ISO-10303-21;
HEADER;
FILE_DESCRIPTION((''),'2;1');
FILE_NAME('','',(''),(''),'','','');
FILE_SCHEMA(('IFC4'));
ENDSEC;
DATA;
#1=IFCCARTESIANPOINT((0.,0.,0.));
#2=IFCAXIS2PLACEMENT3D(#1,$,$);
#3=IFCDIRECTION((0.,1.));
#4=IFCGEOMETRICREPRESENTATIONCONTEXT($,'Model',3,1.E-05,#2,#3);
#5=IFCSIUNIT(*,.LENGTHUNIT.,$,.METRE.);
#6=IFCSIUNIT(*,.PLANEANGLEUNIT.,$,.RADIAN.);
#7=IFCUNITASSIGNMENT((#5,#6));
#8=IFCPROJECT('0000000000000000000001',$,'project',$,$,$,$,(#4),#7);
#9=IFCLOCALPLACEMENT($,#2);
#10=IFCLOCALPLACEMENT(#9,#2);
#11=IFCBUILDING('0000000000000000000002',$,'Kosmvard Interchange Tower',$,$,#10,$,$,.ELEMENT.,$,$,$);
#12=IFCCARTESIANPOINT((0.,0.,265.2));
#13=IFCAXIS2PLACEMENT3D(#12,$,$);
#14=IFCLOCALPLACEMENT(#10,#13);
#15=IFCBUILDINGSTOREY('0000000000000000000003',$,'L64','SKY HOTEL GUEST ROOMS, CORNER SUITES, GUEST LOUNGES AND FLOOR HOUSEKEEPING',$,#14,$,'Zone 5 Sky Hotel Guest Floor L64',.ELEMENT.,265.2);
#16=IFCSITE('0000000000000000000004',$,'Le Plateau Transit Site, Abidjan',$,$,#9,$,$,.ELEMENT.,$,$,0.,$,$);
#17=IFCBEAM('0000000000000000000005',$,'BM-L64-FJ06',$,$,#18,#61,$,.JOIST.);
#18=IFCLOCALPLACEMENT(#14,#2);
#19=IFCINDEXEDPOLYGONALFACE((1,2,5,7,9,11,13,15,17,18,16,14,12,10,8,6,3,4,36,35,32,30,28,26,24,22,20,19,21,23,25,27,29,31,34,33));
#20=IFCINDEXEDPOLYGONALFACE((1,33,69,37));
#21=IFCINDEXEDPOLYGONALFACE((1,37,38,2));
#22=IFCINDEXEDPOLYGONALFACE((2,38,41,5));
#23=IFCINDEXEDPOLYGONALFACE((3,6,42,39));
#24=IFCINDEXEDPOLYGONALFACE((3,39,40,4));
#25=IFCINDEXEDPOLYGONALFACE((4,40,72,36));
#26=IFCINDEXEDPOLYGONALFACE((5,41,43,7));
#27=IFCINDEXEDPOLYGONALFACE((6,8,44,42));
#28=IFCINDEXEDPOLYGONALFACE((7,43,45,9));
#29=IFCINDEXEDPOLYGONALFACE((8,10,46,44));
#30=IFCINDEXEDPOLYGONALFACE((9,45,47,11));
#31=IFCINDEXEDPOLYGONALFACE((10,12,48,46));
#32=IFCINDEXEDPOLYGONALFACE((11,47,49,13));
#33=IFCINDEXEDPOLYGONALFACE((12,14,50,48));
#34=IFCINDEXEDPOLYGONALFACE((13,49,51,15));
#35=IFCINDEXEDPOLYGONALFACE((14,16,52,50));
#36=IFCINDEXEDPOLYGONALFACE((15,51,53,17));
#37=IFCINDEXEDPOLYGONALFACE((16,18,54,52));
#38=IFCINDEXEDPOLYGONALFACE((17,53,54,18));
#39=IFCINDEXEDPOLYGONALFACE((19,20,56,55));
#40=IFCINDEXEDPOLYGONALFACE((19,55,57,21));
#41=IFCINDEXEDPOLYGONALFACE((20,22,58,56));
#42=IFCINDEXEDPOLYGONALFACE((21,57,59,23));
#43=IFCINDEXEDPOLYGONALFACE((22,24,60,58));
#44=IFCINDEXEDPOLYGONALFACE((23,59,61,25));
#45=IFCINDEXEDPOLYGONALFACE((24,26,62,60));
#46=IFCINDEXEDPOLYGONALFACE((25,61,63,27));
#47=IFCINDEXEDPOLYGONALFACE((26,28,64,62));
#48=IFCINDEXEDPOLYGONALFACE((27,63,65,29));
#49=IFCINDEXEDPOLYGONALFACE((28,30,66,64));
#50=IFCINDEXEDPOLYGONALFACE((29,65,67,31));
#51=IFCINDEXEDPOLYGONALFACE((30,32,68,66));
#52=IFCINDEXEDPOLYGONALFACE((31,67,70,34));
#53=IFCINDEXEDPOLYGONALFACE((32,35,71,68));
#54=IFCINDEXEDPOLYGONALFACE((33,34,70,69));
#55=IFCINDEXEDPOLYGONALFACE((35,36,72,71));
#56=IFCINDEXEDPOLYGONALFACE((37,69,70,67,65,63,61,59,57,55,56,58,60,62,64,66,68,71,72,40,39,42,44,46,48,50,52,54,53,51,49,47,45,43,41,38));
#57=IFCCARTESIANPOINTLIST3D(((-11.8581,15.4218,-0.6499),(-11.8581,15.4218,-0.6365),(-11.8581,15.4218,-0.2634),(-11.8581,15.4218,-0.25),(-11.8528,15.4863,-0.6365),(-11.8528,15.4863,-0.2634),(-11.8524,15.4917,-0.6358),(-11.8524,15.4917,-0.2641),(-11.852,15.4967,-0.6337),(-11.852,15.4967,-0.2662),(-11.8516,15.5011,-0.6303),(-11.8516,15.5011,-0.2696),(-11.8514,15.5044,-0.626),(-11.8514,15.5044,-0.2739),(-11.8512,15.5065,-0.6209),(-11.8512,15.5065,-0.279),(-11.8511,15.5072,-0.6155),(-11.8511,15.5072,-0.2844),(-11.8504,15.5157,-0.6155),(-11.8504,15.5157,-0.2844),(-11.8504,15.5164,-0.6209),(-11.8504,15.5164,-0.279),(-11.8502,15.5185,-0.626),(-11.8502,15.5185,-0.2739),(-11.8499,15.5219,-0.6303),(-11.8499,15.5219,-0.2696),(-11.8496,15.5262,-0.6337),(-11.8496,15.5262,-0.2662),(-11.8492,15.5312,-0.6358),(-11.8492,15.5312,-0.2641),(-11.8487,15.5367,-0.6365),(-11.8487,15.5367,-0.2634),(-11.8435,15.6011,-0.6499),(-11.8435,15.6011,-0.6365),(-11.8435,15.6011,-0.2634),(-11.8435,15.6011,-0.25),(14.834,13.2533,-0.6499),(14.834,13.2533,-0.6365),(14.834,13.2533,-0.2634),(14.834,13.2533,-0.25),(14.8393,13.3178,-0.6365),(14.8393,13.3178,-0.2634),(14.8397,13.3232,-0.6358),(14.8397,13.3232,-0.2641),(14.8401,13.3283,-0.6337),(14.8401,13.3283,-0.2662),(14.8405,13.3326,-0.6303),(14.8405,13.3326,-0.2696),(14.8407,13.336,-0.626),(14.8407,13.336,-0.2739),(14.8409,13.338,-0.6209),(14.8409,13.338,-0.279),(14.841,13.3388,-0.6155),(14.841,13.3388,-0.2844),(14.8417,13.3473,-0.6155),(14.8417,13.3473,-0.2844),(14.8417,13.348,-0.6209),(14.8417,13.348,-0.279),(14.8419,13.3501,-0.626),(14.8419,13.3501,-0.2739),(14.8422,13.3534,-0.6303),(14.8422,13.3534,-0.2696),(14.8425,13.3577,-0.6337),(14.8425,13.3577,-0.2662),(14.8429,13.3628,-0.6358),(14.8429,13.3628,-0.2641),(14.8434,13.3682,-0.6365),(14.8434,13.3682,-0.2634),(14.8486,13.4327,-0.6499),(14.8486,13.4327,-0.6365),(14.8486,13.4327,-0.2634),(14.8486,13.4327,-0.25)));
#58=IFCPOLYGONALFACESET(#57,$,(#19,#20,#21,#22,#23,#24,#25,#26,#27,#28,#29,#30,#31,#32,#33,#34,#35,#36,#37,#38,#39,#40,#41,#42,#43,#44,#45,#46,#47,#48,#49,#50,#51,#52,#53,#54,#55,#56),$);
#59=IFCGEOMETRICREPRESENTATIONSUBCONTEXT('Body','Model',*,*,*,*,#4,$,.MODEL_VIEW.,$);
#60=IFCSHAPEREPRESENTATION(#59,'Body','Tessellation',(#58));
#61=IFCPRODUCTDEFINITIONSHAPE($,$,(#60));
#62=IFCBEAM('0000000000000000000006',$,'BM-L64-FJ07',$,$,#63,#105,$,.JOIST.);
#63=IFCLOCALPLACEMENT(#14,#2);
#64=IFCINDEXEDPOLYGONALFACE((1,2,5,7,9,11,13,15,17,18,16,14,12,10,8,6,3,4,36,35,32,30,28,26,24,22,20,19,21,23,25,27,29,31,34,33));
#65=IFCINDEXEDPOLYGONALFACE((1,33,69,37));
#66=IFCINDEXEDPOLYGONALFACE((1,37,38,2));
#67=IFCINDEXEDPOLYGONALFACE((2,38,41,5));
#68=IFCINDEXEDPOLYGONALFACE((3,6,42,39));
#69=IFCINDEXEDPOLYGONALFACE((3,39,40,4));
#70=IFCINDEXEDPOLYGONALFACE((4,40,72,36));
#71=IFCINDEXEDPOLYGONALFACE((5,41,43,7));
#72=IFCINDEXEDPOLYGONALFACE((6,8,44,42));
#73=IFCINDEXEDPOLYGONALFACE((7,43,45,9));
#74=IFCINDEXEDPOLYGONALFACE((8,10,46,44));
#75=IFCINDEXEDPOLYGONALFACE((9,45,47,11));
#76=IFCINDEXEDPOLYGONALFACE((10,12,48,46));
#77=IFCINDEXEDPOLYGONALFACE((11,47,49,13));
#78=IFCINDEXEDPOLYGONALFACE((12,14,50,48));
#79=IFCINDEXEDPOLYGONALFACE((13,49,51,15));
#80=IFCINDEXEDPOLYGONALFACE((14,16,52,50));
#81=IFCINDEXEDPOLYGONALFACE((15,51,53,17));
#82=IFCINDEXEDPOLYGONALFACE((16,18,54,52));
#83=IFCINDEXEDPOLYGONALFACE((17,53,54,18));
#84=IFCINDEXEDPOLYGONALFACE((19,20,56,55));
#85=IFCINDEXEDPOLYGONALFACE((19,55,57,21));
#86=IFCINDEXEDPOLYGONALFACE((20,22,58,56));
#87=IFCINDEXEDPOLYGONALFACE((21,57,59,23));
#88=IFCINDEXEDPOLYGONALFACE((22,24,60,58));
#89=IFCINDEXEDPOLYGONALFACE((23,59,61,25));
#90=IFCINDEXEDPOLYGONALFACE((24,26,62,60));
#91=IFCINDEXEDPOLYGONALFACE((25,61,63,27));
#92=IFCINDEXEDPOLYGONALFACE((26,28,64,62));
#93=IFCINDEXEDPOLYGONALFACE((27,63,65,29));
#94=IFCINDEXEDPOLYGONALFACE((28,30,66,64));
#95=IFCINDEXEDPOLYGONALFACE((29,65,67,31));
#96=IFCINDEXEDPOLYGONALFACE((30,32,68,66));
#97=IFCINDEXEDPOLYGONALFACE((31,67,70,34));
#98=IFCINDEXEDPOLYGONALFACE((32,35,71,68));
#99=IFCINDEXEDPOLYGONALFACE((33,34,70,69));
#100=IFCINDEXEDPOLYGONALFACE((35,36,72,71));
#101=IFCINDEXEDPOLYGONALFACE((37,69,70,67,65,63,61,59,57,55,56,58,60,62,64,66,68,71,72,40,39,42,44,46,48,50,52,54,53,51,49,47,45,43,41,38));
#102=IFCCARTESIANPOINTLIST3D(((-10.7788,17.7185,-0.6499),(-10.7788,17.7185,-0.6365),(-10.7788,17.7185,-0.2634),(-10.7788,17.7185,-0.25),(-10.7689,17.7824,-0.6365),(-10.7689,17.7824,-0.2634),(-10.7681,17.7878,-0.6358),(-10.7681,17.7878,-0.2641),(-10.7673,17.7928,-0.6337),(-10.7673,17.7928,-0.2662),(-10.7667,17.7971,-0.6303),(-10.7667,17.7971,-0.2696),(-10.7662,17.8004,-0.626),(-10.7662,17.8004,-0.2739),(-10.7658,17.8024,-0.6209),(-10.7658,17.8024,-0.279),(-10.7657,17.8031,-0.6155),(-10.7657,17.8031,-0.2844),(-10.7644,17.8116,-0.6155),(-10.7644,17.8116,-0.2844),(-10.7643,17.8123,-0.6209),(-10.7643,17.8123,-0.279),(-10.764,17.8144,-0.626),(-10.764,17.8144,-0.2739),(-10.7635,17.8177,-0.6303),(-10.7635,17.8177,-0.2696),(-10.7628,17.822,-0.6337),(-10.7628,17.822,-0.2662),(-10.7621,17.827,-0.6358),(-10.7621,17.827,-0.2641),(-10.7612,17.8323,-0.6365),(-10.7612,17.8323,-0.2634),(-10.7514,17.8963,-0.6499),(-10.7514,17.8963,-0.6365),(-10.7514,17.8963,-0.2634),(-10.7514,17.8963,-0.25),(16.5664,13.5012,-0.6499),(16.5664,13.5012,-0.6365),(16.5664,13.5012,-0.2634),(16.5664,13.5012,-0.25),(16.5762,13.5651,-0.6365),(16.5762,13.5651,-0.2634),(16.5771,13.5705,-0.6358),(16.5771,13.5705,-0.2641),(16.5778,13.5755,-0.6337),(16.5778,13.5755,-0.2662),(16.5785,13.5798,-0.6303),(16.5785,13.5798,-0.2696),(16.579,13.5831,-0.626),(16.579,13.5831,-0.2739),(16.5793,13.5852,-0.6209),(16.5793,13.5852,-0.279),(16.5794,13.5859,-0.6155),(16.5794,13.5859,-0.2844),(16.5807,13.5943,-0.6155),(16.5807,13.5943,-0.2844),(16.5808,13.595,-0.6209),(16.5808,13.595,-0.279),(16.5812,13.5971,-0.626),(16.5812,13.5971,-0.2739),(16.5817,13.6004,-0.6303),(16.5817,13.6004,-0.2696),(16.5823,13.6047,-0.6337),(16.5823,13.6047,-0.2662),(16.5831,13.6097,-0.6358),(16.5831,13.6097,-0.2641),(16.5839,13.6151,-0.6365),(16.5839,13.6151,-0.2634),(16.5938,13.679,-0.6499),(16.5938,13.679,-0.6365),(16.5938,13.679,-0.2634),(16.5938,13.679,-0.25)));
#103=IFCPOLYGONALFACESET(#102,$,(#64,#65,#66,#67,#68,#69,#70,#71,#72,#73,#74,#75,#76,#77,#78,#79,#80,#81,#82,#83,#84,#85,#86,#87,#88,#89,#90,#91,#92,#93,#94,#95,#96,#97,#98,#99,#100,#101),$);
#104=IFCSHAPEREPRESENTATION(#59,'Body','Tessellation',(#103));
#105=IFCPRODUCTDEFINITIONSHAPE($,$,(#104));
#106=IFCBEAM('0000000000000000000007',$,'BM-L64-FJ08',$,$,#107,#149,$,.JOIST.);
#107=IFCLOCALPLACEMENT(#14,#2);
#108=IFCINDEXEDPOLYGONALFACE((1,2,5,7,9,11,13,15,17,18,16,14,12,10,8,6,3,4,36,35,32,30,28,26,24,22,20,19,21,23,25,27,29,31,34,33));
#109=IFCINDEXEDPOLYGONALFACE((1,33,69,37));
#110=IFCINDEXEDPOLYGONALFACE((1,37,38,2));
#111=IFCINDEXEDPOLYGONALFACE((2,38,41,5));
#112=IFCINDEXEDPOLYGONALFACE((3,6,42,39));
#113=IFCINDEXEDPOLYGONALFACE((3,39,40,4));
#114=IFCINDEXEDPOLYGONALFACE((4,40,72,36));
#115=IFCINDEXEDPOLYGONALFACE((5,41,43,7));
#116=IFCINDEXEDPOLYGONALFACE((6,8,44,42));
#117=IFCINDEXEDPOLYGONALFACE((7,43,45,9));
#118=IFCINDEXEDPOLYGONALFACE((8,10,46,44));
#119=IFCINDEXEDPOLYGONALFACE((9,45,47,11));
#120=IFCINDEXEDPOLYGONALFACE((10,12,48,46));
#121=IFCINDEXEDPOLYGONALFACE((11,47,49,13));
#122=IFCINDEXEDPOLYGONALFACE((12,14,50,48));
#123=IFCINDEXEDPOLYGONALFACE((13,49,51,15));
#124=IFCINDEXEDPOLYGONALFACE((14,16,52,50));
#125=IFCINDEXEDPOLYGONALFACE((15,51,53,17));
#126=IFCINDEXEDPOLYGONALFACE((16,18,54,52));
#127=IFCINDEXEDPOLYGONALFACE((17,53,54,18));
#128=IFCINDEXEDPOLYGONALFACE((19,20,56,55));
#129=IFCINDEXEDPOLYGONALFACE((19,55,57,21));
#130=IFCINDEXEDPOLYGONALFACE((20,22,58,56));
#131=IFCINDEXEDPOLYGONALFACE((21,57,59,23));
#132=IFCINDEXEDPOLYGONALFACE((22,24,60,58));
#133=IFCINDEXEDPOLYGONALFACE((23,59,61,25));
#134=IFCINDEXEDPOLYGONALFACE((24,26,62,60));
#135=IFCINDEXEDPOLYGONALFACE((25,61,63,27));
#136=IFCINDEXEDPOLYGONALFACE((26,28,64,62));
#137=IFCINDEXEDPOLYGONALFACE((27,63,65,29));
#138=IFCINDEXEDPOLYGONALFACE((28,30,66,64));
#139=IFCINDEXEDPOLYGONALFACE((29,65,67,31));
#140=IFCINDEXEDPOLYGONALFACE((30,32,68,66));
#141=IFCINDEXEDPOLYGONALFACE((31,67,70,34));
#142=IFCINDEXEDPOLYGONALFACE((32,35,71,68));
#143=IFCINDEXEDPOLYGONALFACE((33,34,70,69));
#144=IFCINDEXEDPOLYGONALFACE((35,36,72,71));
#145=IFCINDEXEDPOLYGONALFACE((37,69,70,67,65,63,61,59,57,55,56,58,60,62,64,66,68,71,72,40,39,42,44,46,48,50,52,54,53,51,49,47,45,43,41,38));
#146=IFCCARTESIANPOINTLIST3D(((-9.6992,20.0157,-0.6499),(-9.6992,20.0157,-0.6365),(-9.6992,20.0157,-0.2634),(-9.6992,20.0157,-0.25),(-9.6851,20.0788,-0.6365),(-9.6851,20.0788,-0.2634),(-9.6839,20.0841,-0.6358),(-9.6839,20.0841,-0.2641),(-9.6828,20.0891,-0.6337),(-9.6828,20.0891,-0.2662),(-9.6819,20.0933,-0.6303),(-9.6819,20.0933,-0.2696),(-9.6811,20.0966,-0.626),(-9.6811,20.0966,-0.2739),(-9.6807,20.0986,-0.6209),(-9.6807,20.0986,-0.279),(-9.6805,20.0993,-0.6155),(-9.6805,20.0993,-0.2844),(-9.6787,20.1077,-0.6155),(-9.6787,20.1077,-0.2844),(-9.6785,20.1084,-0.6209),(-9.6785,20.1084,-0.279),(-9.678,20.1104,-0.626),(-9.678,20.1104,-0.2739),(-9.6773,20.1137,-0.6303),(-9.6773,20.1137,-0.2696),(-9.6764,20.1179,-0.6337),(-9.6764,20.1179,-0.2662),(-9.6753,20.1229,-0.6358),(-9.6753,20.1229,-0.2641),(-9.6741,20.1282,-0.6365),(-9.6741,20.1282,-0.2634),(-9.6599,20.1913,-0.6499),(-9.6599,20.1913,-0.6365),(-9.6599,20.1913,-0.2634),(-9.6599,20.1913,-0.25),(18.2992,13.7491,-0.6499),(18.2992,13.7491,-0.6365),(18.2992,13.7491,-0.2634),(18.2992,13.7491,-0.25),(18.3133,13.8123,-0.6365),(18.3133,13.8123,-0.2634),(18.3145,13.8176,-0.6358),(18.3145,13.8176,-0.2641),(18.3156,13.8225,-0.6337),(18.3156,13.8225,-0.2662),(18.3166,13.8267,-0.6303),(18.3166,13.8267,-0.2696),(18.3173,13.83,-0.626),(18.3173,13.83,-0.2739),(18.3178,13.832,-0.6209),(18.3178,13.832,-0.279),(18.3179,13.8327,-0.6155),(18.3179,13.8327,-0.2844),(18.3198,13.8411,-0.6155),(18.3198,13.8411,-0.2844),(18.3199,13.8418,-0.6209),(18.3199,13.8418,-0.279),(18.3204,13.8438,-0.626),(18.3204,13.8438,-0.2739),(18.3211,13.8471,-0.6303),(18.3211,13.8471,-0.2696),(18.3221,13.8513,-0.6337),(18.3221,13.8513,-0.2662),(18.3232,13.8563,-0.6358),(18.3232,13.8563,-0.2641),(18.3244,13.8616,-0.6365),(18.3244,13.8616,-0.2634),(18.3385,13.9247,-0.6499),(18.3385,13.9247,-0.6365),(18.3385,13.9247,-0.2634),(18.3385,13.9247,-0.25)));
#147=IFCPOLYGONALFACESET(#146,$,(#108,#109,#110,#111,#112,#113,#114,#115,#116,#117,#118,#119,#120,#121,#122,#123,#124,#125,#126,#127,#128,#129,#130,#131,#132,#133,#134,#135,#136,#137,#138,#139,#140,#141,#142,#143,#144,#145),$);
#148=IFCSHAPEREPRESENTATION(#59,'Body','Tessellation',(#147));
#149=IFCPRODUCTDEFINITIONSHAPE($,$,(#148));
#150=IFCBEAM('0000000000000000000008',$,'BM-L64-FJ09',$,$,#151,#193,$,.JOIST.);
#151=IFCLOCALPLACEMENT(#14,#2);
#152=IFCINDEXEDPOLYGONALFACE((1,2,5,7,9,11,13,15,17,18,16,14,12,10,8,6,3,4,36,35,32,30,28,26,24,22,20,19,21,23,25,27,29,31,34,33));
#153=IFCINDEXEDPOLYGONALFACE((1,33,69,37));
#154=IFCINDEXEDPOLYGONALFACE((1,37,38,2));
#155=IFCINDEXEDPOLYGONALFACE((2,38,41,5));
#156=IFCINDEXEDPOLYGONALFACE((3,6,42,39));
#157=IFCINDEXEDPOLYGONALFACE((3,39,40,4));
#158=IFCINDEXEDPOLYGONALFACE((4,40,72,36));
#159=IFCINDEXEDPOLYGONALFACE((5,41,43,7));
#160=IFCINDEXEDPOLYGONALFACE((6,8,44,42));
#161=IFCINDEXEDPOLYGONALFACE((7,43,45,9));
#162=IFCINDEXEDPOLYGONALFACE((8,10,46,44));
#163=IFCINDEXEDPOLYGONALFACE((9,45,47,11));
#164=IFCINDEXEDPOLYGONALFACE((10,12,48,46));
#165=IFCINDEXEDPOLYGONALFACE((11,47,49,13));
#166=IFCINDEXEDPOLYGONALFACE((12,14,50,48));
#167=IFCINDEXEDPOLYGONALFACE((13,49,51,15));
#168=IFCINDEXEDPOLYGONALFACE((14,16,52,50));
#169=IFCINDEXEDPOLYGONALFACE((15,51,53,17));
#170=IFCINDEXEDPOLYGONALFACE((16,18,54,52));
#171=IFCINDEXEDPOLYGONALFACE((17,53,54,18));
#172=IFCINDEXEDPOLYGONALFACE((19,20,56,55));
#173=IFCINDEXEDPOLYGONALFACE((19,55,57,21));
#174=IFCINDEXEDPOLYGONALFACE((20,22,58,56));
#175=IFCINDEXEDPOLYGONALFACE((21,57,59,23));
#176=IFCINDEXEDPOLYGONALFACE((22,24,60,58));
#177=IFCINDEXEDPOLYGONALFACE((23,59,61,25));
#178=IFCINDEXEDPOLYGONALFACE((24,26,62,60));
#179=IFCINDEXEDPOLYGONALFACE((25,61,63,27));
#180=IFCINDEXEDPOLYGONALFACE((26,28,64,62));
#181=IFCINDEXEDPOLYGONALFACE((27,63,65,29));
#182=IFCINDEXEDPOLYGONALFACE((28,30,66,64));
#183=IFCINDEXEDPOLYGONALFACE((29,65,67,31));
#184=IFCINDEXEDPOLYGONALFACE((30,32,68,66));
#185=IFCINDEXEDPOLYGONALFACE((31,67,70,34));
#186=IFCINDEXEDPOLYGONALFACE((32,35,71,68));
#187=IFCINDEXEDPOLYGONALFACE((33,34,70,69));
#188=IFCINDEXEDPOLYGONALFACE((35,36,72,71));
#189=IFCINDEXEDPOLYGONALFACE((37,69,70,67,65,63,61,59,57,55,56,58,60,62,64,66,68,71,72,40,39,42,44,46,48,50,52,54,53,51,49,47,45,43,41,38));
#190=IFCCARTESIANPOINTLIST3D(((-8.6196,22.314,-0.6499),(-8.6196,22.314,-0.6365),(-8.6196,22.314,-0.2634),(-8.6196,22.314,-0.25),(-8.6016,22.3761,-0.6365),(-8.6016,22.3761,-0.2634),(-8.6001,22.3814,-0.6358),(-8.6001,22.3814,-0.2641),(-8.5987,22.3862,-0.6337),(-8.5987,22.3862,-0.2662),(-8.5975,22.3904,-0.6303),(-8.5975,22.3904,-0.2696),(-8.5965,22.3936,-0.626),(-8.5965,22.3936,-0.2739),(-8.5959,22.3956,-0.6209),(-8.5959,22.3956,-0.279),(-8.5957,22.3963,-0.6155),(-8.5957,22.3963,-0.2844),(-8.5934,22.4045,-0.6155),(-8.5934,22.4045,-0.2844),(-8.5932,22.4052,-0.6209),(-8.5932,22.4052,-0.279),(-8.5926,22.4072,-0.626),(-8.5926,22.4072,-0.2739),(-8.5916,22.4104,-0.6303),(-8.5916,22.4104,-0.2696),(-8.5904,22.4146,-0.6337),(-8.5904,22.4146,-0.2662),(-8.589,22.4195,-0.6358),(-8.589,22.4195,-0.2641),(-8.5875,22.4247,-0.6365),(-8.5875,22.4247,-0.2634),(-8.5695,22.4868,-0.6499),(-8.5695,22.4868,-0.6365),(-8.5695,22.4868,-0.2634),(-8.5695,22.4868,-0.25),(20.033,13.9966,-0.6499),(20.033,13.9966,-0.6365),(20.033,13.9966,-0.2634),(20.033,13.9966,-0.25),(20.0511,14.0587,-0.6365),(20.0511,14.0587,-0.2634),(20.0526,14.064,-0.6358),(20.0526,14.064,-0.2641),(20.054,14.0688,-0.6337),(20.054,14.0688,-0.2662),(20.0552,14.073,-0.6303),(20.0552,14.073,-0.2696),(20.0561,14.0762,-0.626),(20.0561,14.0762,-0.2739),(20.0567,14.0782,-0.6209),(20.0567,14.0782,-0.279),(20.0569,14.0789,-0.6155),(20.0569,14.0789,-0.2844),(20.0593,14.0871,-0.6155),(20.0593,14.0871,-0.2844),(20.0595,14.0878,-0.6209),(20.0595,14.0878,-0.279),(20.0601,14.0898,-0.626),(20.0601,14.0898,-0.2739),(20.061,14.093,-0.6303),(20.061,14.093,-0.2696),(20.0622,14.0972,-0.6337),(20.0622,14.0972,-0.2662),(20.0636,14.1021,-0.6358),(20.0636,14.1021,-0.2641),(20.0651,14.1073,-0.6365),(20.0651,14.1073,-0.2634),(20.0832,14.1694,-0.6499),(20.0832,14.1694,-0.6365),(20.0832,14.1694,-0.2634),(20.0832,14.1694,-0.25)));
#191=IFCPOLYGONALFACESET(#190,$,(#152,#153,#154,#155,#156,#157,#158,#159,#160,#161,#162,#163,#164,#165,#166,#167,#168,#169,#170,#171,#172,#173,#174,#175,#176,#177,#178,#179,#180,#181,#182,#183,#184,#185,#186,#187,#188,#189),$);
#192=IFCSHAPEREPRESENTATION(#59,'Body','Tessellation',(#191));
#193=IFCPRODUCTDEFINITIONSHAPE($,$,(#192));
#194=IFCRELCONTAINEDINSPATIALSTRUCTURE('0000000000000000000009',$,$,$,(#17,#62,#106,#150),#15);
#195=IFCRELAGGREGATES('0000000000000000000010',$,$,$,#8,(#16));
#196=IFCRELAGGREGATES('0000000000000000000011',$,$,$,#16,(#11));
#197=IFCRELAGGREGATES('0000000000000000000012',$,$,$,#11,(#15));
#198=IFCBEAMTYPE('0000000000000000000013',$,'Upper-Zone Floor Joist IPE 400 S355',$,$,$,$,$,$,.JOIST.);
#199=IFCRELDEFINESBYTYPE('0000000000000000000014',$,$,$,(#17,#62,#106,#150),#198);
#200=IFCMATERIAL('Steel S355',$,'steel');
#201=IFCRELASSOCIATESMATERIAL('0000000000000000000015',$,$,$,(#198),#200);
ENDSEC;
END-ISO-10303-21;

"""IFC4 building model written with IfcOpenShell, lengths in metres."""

from ifc_helpers import new_model, si_unit, direction, frame, origin, origin_2d, place, context, subcontext, project, spatial, i_section, extrude, source, transform, mapped, material, material_profile, profile_set, type_object, element, save


model = new_model("IFC4")

# Units and contexts
model_context = context("Model", 3, precision=1e-05, world=origin(), true_north=direction((0.0, 1.0)))
body_context = subcontext(model_context, "Body", "Model", "MODEL_VIEW")
ifc_project = project(units=[si_unit("LENGTHUNIT", "METRE"), si_unit("PLANEANGLEUNIT", "RADIAN")], contexts=[model_context])

# Site, building, storey
site_placement = place(None, origin())
site = spatial("IfcSite", under=ifc_project, at=site_placement, Name="Le Plateau Transit Site, Abidjan", CompositionType="ELEMENT", RefElevation=0.0)
building_placement = place(site_placement, origin())
building = spatial("IfcBuilding", under=site, at=building_placement, Name="Kosmvard Interchange Tower", CompositionType="ELEMENT")
storey_placement = place(building_placement, frame((0.0, 0.0, 265.2)))
storey = spatial("IfcBuildingStorey", under=building, at=storey_placement, Name="L64", Description="SKY HOTEL GUEST ROOMS, CORNER SUITES, GUEST LOUNGES AND FLOOR HOUSEKEEPING", LongName="Zone 5 Sky Hotel Guest Floor L64", CompositionType="ELEMENT", Elevation=265.2)

# Beams
ifc_material_1 = material(Name="Steel S355", Category="steel")
ifc_material_profile_1 = material_profile(ifc_material_1, i_section(OverallWidth=0.1799, OverallDepth=0.3999, WebThickness=0.0085, FlangeThickness=0.0134, FilletRadius=0.021, at=origin_2d()), Name="IPE 400")
ifc_profile_set_1 = profile_set([ifc_material_profile_1], Name="Steel S355")
beam_type_1 = type_object("IfcBeamType", Name="Upper-Zone Floor Joist IPE 400 S355", PredefinedType="JOIST", material=ifc_profile_set_1)
shared_shape_1 = source(origin(), body_context, "Body", "SweptSolid", [
    extrude(i_section(OverallWidth=0.1799, OverallDepth=0.3999, WebThickness=0.0085, FlangeThickness=0.0134, FilletRadius=0.021, at=origin_2d()), origin(), (0.0, 0.0, 1.0), 26.78),
])
beam_1_placement = place(storey_placement, frame((14.8413, 13.343, -0.45), z_axis=(-0.996716, 0.080973, 0.0), x_axis=(-0.080973, -0.996716, 0.0)))
element("IfcBeam", 1, at=beam_1_placement, inside=storey, type_object=beam_type_1, Name="BM-L64-FJ06", PredefinedType="JOIST", context=body_context, shape_type="MappedRepresentation", body=[
    mapped(shared_shape_1, transform((0.0, 0.0, 0.0), scale=1.0)),
])
shared_shape_2 = source(origin(), body_context, "Body", "SweptSolid", [
    extrude(i_section(OverallWidth=0.1799, OverallDepth=0.3999, WebThickness=0.0085, FlangeThickness=0.0134, FilletRadius=0.021, at=origin_2d()), origin(), (0.0, 0.0, 1.0), 27.6685),
])
beam_2_placement = place(storey_placement, frame((16.5801, 13.5901, -0.45), z_axis=(-0.988316, 0.152422, 0.0), x_axis=(-0.152422, -0.988316, 0.0)))
element("IfcBeam", 2, at=beam_2_placement, inside=storey, type_object=beam_type_1, Name="BM-L64-FJ07", PredefinedType="JOIST", context=body_context, shape_type="MappedRepresentation", body=[
    mapped(shared_shape_2, transform((0.0, 0.0, 0.0), scale=1.0)),
])
shared_shape_3 = source(origin(), body_context, "Body", "SweptSolid", [
    extrude(i_section(OverallWidth=0.1799, OverallDepth=0.3999, WebThickness=0.0085, FlangeThickness=0.0134, FilletRadius=0.021, at=origin_2d()), origin(), (0.0, 0.0, 1.0), 28.6912),
])
beam_3_placement = place(storey_placement, frame((18.3188, 13.8369, -0.45), z_axis=(-0.975856, 0.218415, 0.0), x_axis=(-0.218415, -0.975856, 0.0)))
element("IfcBeam", 3, at=beam_3_placement, inside=storey, type_object=beam_type_1, Name="BM-L64-FJ08", PredefinedType="JOIST", context=body_context, shape_type="MappedRepresentation", body=[
    mapped(shared_shape_3, transform((0.0, 0.0, 0.0), scale=1.0)),
])
shared_shape_4 = source(origin(), body_context, "Body", "SweptSolid", [
    extrude(i_section(OverallWidth=0.1799, OverallDepth=0.3999, WebThickness=0.0085, FlangeThickness=0.0134, FilletRadius=0.021, at=origin_2d()), origin(), (0.0, 0.0, 1.0), 29.8354),
])
beam_4_placement = place(storey_placement, frame((20.0581, 14.083, -0.45), z_axis=(-0.960356, 0.278776, 0.0), x_axis=(-0.278776, -0.960356, 0.0)))
element("IfcBeam", 4, at=beam_4_placement, inside=storey, type_object=beam_type_1, Name="BM-L64-FJ09", PredefinedType="JOIST", context=body_context, shape_type="MappedRepresentation", body=[
    mapped(shared_shape_4, transform((0.0, 0.0, 0.0), scale=1.0)),
])

save(model, "model.ifc")
